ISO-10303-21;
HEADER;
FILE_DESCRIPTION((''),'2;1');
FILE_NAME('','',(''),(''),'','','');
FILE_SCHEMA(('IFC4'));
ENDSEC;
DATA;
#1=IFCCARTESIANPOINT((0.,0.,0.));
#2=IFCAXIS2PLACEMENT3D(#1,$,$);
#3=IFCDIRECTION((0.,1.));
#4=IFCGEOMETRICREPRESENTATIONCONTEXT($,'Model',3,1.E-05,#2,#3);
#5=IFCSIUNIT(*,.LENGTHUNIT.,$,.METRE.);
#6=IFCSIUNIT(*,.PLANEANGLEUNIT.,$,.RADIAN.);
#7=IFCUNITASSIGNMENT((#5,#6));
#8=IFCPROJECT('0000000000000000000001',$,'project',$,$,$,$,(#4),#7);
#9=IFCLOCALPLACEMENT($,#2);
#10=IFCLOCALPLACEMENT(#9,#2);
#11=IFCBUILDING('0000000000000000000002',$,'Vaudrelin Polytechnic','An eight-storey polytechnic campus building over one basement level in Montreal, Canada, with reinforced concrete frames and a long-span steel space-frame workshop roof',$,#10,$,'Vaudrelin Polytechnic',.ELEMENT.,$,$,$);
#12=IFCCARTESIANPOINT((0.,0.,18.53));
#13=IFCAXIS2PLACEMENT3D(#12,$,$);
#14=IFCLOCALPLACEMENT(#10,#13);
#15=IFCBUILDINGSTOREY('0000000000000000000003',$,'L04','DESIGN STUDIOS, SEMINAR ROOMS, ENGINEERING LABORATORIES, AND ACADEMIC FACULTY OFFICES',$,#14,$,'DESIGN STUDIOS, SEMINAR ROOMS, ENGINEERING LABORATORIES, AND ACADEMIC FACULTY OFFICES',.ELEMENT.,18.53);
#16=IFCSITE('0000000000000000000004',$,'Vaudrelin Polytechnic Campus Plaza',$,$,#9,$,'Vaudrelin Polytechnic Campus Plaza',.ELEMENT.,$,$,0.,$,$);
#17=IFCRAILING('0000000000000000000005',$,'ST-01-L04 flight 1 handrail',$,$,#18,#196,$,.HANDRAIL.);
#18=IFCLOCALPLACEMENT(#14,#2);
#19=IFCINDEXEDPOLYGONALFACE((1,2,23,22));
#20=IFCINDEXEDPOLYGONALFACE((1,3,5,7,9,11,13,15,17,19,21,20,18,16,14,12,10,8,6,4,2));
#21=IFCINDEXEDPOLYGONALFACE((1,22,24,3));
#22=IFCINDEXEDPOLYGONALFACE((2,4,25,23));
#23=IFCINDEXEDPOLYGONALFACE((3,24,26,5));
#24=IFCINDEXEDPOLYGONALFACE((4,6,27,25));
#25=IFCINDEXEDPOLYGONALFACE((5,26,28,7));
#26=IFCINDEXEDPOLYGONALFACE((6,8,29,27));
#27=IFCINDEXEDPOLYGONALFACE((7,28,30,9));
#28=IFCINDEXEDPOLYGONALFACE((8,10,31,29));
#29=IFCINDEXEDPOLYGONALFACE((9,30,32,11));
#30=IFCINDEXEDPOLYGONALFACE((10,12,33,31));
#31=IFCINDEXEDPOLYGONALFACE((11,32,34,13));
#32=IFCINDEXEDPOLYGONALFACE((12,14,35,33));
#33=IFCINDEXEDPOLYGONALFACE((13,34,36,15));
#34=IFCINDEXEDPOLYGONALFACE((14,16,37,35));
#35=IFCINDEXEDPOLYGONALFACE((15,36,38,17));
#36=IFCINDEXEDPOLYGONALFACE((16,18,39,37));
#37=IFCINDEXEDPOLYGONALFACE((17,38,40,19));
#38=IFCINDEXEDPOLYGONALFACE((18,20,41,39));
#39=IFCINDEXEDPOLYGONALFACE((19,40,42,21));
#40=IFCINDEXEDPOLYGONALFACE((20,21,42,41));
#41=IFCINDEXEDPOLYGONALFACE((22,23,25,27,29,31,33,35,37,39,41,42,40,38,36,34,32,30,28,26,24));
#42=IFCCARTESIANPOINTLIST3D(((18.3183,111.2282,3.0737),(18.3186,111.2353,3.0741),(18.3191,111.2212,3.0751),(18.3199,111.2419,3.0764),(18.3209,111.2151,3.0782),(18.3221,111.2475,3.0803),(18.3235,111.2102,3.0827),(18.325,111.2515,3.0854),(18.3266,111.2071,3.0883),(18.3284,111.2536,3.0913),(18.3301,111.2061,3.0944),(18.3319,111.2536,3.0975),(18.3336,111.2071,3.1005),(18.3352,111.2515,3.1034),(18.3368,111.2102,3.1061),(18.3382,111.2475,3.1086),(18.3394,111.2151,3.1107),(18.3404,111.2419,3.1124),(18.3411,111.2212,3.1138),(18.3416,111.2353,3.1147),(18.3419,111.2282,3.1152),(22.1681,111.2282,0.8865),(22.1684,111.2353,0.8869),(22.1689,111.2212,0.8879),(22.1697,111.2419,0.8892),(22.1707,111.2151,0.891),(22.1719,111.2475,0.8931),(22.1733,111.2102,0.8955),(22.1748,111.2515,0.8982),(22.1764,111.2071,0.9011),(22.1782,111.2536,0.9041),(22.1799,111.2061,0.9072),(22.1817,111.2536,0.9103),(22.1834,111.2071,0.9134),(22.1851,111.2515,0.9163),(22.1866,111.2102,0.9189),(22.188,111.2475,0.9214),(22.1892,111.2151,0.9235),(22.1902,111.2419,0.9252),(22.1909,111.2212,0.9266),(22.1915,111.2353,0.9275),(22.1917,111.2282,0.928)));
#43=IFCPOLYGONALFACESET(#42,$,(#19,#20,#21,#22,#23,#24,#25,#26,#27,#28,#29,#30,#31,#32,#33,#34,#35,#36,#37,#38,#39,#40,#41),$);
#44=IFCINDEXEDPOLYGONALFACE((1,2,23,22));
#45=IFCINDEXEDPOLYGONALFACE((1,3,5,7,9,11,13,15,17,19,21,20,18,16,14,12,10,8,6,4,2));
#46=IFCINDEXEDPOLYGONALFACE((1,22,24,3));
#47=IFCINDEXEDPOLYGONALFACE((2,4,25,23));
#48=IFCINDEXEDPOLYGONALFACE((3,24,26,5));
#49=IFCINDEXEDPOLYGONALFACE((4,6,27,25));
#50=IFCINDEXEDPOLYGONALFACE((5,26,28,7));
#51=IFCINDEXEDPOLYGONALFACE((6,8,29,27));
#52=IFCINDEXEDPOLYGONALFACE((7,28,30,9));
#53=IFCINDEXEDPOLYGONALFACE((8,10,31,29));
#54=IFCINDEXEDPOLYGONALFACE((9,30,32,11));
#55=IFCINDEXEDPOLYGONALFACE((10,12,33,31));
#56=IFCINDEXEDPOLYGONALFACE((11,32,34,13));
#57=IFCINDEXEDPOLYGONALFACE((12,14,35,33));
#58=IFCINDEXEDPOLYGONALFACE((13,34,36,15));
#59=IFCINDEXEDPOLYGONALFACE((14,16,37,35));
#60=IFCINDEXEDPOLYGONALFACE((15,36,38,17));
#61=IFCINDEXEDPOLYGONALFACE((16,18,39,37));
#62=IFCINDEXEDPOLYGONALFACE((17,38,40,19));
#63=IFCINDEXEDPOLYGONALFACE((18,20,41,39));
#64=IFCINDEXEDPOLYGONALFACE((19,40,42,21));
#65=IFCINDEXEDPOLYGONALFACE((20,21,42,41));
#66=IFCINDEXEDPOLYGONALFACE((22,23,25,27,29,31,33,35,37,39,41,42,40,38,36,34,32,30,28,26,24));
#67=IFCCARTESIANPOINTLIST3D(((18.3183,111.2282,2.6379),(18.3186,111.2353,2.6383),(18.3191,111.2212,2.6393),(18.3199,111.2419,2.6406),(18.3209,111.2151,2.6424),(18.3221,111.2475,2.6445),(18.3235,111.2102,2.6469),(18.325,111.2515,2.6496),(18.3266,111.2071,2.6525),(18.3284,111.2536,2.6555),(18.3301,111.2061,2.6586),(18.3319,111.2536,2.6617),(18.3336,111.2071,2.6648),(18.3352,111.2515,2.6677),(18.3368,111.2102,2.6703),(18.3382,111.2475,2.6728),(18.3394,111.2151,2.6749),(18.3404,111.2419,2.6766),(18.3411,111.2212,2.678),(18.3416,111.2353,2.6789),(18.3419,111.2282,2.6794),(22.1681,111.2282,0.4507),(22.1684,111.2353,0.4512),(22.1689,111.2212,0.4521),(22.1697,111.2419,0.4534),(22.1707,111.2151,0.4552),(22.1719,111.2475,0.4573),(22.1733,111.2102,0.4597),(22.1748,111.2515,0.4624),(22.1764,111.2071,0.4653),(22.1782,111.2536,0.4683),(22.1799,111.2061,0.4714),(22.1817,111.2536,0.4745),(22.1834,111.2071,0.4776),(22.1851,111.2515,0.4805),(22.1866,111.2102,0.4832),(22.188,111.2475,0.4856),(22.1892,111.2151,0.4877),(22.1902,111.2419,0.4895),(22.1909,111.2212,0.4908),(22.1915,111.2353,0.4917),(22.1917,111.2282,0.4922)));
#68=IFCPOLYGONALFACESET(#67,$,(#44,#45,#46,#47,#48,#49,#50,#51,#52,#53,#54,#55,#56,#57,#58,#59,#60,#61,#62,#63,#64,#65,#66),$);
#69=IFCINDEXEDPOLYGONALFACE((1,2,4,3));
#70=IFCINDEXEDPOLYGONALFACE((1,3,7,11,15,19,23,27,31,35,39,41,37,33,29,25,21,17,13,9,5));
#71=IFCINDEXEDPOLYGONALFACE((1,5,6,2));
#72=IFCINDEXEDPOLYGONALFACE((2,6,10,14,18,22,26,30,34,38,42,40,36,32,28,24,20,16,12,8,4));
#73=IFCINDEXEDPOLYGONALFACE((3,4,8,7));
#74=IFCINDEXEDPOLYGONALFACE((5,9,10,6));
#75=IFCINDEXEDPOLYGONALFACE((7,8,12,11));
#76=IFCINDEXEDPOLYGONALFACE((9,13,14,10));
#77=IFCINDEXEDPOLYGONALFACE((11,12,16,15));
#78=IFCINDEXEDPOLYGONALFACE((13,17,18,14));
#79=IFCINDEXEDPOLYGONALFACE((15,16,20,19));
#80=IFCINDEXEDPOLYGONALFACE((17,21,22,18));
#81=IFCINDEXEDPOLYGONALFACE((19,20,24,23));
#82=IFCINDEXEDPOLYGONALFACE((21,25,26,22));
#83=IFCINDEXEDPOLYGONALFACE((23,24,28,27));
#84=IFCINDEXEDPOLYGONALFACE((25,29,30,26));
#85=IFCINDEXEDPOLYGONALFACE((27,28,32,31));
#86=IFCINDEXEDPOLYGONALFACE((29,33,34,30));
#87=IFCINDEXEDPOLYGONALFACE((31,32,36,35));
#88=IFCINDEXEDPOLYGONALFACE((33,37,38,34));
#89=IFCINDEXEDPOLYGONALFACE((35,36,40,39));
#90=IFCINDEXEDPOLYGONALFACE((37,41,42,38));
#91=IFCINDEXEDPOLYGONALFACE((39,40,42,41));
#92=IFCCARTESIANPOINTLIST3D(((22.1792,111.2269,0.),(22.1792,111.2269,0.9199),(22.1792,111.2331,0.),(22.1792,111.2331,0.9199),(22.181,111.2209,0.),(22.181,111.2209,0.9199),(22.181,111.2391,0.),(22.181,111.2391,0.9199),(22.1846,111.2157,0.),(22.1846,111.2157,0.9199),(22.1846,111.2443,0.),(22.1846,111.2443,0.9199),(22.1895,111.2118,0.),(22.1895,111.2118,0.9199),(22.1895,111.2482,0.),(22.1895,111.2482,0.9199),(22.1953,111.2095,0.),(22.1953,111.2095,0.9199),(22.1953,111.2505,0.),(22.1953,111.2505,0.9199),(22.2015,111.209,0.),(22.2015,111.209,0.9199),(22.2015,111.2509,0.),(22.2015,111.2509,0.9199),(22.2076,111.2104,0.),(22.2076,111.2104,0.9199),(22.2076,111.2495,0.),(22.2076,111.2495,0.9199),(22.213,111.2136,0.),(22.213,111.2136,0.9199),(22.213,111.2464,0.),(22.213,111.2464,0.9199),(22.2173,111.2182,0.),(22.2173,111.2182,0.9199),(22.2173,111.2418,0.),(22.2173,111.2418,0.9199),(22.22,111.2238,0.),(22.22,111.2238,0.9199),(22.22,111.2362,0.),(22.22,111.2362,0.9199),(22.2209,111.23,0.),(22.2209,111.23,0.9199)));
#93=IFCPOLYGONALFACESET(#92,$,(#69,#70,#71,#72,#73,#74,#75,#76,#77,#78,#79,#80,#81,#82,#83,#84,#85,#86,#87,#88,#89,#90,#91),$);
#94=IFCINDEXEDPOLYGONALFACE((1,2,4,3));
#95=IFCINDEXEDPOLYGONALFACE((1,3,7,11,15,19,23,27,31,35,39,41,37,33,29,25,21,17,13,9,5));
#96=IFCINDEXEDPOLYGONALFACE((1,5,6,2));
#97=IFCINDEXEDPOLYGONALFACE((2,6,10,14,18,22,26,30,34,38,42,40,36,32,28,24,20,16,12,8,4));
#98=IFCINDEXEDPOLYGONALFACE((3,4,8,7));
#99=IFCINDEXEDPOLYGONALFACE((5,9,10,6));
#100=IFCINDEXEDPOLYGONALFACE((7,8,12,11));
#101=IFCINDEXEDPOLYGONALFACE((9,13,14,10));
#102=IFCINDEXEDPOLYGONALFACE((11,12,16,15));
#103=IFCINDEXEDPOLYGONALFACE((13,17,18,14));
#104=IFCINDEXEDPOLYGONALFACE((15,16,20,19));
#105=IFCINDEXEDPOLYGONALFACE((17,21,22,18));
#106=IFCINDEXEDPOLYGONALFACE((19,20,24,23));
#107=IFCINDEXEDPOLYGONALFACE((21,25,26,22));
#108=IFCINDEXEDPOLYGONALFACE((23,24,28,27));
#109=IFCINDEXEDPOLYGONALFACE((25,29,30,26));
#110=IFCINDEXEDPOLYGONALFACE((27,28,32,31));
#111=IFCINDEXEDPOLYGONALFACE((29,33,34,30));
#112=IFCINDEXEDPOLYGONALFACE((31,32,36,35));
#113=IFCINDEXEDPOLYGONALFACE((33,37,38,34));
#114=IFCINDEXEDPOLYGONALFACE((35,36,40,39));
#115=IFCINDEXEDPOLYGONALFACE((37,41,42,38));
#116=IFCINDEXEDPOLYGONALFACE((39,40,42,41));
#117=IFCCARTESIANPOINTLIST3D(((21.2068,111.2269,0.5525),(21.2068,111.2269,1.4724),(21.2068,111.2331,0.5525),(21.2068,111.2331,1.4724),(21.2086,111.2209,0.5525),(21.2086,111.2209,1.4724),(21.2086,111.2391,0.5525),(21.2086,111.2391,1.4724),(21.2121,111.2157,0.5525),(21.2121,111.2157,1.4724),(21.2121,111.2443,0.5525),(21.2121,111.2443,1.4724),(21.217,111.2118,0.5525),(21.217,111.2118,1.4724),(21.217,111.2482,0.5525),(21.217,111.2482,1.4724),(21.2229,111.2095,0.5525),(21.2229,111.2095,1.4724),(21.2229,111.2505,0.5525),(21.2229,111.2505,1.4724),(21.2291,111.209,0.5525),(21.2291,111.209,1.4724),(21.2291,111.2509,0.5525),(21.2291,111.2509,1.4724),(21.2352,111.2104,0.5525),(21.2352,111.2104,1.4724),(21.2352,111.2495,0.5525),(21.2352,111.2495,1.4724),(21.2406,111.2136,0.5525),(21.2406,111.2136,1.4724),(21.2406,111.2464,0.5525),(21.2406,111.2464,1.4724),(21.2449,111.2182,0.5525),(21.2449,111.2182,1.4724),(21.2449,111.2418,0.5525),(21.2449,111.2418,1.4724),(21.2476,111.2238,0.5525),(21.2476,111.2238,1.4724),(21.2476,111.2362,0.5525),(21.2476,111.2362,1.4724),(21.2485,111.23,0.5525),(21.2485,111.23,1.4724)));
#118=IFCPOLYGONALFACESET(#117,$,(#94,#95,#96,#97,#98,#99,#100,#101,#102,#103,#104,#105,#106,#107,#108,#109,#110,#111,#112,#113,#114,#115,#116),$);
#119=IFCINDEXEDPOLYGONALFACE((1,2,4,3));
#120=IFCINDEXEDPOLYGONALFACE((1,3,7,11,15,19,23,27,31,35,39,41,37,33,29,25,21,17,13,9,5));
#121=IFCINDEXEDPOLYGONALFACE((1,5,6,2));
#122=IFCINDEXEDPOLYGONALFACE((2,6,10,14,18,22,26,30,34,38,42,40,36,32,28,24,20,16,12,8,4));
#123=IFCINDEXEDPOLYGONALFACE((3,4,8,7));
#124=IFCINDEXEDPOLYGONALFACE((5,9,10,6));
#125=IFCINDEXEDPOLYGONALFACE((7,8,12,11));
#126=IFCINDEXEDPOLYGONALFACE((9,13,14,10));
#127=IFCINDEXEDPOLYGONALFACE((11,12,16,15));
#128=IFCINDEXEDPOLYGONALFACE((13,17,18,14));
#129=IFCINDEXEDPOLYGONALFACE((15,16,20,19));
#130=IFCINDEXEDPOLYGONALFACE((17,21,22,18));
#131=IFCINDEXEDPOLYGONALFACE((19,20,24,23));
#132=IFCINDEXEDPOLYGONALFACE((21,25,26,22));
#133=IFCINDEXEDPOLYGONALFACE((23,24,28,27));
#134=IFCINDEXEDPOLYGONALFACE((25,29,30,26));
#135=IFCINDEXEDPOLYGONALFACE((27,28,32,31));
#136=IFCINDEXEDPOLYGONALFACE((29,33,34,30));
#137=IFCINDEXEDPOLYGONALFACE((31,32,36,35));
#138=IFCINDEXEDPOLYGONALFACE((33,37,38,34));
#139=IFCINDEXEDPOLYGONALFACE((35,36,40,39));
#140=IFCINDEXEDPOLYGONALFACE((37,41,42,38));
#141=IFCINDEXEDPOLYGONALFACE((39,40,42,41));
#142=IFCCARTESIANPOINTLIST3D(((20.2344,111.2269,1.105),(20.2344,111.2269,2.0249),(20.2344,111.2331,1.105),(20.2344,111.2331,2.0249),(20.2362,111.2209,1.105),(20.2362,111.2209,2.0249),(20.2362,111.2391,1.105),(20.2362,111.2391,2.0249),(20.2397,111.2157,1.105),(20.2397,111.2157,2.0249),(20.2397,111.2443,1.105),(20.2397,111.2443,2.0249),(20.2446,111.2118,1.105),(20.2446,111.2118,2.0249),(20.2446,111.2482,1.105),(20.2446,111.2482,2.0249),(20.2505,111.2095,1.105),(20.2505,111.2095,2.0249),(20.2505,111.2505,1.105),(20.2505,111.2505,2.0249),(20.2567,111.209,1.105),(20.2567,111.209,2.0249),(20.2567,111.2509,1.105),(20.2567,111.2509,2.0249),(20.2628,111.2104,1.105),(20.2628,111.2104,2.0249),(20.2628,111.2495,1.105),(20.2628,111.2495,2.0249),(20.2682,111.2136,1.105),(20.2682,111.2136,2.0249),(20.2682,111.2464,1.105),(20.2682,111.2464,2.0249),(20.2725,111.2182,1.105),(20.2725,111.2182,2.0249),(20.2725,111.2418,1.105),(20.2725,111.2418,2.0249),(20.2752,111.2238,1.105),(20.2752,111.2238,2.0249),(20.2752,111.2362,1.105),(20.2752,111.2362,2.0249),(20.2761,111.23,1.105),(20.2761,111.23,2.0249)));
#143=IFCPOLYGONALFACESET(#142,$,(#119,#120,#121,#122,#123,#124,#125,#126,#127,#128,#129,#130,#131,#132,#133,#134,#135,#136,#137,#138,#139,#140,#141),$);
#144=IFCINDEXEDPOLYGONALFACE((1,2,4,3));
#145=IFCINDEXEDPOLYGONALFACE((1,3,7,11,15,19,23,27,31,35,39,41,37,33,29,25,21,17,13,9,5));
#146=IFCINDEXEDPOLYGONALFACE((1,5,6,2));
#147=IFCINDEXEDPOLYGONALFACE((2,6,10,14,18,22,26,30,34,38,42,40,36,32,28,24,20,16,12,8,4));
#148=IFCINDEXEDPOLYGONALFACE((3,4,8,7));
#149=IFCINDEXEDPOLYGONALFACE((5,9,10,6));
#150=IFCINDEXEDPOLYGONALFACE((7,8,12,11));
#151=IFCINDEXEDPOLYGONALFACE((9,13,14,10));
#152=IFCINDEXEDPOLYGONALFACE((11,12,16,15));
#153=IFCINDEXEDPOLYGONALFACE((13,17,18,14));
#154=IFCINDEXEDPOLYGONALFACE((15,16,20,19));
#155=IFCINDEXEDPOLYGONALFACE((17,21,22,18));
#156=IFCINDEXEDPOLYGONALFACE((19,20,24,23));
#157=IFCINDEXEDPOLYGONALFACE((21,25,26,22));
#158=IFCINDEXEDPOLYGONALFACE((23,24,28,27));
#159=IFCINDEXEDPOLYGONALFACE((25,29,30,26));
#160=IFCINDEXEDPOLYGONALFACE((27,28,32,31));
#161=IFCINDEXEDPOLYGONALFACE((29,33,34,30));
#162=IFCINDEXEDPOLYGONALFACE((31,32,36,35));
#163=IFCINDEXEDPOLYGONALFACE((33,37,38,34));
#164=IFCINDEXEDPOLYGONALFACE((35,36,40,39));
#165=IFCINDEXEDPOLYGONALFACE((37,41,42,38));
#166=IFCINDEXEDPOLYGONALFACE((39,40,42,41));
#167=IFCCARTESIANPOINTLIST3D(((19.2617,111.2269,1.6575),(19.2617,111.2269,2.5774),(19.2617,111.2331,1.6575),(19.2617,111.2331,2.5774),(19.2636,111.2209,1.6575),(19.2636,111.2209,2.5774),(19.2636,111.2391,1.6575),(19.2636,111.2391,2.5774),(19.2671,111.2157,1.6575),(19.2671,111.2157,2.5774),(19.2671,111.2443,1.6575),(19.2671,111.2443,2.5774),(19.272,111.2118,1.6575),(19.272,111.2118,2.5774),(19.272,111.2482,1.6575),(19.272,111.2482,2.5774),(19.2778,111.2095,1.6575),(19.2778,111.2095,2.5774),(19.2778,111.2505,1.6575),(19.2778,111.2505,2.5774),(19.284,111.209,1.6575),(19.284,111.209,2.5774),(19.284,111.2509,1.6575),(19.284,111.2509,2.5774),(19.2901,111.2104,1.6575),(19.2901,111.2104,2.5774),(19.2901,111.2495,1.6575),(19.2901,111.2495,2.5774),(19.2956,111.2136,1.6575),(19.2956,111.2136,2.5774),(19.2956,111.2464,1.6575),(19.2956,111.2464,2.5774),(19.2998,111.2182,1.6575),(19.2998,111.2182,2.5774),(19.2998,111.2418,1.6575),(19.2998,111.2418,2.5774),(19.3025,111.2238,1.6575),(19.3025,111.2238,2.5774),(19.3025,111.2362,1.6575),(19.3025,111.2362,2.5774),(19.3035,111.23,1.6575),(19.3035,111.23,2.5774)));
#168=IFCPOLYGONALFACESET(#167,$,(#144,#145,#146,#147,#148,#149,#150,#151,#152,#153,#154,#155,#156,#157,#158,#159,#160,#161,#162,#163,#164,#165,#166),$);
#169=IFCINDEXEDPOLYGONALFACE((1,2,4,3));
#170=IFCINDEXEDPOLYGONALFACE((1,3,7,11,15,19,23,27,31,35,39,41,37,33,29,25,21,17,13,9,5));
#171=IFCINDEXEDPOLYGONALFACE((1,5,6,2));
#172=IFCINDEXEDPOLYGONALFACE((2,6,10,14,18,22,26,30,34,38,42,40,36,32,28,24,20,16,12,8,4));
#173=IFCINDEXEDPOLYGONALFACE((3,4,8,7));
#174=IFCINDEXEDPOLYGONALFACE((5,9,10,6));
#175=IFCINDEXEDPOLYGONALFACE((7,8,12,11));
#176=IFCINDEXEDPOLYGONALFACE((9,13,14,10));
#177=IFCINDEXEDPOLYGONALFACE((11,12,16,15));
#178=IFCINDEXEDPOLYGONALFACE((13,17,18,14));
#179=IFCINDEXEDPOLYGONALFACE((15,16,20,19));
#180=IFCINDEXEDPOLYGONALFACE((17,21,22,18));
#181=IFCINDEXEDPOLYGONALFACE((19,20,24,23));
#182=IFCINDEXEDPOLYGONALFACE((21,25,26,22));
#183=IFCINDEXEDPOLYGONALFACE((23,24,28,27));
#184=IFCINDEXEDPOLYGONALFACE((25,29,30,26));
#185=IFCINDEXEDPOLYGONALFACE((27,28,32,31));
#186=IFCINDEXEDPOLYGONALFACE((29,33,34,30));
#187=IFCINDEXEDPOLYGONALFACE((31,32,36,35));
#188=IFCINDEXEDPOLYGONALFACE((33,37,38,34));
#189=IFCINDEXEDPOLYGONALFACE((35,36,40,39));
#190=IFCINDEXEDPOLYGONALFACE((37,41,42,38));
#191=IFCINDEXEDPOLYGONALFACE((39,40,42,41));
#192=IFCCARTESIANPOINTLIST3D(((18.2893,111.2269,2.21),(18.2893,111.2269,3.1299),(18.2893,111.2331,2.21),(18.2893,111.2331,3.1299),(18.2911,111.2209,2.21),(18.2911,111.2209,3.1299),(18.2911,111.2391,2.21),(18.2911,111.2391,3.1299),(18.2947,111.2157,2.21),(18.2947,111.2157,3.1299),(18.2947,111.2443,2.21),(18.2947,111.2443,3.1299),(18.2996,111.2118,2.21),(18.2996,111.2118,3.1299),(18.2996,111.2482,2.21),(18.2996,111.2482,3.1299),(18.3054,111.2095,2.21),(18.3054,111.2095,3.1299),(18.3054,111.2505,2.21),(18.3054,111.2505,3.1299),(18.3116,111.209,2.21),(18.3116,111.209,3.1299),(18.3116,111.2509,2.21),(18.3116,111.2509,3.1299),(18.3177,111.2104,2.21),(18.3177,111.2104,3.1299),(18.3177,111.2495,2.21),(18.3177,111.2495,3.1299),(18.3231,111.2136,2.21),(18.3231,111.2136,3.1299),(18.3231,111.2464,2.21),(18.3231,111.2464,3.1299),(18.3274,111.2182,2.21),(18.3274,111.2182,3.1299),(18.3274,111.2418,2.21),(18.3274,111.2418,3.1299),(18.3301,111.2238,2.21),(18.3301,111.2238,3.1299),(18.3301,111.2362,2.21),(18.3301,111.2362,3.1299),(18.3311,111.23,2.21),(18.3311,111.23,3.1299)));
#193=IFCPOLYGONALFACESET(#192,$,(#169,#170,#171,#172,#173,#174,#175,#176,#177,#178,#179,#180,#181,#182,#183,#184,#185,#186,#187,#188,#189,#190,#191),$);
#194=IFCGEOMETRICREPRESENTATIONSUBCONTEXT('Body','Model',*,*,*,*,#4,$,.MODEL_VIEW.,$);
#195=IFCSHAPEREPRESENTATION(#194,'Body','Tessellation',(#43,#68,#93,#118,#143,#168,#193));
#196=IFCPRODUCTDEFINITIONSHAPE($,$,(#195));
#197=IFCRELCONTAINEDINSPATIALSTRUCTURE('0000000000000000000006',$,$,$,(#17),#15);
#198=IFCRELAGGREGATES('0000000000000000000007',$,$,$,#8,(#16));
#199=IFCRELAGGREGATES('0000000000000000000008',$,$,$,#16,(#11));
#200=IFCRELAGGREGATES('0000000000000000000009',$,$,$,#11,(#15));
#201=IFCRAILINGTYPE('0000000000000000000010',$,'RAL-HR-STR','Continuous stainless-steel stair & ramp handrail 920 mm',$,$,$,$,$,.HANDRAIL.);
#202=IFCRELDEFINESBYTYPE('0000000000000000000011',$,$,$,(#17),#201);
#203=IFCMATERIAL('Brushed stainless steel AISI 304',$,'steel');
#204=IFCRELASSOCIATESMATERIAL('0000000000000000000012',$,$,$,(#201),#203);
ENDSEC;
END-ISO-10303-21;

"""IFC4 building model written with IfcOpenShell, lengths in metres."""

from ifc_helpers import new_model, si_unit, direction, frame, origin, origin_2d, place, context, subcontext, project, spatial, circle, extrude, material, type_object, element, save


model = new_model("IFC4")

# Units and contexts
model_context = context("Model", 3, precision=1e-05, world=origin(), true_north=direction((0.0, 1.0)))
body_context = subcontext(model_context, "Body", "Model", "MODEL_VIEW")
ifc_project = project(units=[si_unit("LENGTHUNIT", "METRE"), si_unit("PLANEANGLEUNIT", "RADIAN")], contexts=[model_context])

# Site, building, storey
site_placement = place(None, origin())
site = spatial("IfcSite", under=ifc_project, at=site_placement, Name="Vaudrelin Polytechnic Campus Plaza", LongName="Vaudrelin Polytechnic Campus Plaza", CompositionType="ELEMENT", RefElevation=0.0)
building_placement = place(site_placement, origin())
building = spatial("IfcBuilding", under=site, at=building_placement, Name="Vaudrelin Polytechnic", Description="An eight-storey polytechnic campus building over one basement level in Montreal, Canada, with reinforced concrete frames and a long-span steel space-frame workshop roof", LongName="Vaudrelin Polytechnic", CompositionType="ELEMENT")
storey_placement = place(building_placement, frame((0.0, 0.0, 18.53)))
storey = spatial("IfcBuildingStorey", under=building, at=storey_placement, Name="L04", Description="DESIGN STUDIOS, SEMINAR ROOMS, ENGINEERING LABORATORIES, AND ACADEMIC FACULTY OFFICES", LongName="DESIGN STUDIOS, SEMINAR ROOMS, ENGINEERING LABORATORIES, AND ACADEMIC FACULTY OFFICES", CompositionType="ELEMENT", Elevation=18.53)

# Shared definitions
ifc_material_1 = material(Name="Brushed stainless steel AISI 304", Category="steel")

# Railing
railing_type_1 = type_object("IfcRailingType", Name="RAL-HR-STR", Description="Continuous stainless-steel stair & ramp handrail 920 mm", PredefinedType="HANDRAIL", material=ifc_material_1)
railing_1_placement = place(storey_placement, frame((22.2, 111.23, 0.0)))
element("IfcRailing", 1, at=railing_1_placement, inside=storey, type_object=railing_type_1, Name="ST-01-L04 flight 1 handrail", PredefinedType="HANDRAIL", context=body_context, shape_type="SweptSolid", body=[
    extrude(circle(Radius=0.0239, at=origin_2d()), frame((-0.02, 0.0, 0.9072), z_axis=(-0.869476, 0.0, 0.493975), x_axis=(0.0, -1.0, 0.0)), (0.0, 0.0, 1.0), 4.4277),
    extrude(circle(Radius=0.0239, at=origin_2d()), frame((-0.02, 0.0, 0.4714), z_axis=(-0.869476, 0.0, 0.493975), x_axis=(0.0, -1.0, 0.0)), (0.0, 0.0, 1.0), 4.4277),
    extrude(circle(Radius=0.021, at=origin_2d()), origin(), (0.0, 0.0, 1.0), 0.9199),
    extrude(circle(Radius=0.021, at=origin_2d()), frame((-0.9724, 0.0, 0.5525)), (0.0, 0.0, 1.0), 0.9199),
    extrude(circle(Radius=0.021, at=origin_2d()), frame((-1.9448, 0.0, 1.105)), (0.0, 0.0, 1.0), 0.9199),
    extrude(circle(Radius=0.021, at=origin_2d()), frame((-2.9175, 0.0, 1.6575)), (0.0, 0.0, 1.0), 0.9199),
    extrude(circle(Radius=0.021, at=origin_2d()), frame((-3.8899, 0.0, 2.21)), (0.0, 0.0, 1.0), 0.9199),
])

save(model, "model.ifc")
